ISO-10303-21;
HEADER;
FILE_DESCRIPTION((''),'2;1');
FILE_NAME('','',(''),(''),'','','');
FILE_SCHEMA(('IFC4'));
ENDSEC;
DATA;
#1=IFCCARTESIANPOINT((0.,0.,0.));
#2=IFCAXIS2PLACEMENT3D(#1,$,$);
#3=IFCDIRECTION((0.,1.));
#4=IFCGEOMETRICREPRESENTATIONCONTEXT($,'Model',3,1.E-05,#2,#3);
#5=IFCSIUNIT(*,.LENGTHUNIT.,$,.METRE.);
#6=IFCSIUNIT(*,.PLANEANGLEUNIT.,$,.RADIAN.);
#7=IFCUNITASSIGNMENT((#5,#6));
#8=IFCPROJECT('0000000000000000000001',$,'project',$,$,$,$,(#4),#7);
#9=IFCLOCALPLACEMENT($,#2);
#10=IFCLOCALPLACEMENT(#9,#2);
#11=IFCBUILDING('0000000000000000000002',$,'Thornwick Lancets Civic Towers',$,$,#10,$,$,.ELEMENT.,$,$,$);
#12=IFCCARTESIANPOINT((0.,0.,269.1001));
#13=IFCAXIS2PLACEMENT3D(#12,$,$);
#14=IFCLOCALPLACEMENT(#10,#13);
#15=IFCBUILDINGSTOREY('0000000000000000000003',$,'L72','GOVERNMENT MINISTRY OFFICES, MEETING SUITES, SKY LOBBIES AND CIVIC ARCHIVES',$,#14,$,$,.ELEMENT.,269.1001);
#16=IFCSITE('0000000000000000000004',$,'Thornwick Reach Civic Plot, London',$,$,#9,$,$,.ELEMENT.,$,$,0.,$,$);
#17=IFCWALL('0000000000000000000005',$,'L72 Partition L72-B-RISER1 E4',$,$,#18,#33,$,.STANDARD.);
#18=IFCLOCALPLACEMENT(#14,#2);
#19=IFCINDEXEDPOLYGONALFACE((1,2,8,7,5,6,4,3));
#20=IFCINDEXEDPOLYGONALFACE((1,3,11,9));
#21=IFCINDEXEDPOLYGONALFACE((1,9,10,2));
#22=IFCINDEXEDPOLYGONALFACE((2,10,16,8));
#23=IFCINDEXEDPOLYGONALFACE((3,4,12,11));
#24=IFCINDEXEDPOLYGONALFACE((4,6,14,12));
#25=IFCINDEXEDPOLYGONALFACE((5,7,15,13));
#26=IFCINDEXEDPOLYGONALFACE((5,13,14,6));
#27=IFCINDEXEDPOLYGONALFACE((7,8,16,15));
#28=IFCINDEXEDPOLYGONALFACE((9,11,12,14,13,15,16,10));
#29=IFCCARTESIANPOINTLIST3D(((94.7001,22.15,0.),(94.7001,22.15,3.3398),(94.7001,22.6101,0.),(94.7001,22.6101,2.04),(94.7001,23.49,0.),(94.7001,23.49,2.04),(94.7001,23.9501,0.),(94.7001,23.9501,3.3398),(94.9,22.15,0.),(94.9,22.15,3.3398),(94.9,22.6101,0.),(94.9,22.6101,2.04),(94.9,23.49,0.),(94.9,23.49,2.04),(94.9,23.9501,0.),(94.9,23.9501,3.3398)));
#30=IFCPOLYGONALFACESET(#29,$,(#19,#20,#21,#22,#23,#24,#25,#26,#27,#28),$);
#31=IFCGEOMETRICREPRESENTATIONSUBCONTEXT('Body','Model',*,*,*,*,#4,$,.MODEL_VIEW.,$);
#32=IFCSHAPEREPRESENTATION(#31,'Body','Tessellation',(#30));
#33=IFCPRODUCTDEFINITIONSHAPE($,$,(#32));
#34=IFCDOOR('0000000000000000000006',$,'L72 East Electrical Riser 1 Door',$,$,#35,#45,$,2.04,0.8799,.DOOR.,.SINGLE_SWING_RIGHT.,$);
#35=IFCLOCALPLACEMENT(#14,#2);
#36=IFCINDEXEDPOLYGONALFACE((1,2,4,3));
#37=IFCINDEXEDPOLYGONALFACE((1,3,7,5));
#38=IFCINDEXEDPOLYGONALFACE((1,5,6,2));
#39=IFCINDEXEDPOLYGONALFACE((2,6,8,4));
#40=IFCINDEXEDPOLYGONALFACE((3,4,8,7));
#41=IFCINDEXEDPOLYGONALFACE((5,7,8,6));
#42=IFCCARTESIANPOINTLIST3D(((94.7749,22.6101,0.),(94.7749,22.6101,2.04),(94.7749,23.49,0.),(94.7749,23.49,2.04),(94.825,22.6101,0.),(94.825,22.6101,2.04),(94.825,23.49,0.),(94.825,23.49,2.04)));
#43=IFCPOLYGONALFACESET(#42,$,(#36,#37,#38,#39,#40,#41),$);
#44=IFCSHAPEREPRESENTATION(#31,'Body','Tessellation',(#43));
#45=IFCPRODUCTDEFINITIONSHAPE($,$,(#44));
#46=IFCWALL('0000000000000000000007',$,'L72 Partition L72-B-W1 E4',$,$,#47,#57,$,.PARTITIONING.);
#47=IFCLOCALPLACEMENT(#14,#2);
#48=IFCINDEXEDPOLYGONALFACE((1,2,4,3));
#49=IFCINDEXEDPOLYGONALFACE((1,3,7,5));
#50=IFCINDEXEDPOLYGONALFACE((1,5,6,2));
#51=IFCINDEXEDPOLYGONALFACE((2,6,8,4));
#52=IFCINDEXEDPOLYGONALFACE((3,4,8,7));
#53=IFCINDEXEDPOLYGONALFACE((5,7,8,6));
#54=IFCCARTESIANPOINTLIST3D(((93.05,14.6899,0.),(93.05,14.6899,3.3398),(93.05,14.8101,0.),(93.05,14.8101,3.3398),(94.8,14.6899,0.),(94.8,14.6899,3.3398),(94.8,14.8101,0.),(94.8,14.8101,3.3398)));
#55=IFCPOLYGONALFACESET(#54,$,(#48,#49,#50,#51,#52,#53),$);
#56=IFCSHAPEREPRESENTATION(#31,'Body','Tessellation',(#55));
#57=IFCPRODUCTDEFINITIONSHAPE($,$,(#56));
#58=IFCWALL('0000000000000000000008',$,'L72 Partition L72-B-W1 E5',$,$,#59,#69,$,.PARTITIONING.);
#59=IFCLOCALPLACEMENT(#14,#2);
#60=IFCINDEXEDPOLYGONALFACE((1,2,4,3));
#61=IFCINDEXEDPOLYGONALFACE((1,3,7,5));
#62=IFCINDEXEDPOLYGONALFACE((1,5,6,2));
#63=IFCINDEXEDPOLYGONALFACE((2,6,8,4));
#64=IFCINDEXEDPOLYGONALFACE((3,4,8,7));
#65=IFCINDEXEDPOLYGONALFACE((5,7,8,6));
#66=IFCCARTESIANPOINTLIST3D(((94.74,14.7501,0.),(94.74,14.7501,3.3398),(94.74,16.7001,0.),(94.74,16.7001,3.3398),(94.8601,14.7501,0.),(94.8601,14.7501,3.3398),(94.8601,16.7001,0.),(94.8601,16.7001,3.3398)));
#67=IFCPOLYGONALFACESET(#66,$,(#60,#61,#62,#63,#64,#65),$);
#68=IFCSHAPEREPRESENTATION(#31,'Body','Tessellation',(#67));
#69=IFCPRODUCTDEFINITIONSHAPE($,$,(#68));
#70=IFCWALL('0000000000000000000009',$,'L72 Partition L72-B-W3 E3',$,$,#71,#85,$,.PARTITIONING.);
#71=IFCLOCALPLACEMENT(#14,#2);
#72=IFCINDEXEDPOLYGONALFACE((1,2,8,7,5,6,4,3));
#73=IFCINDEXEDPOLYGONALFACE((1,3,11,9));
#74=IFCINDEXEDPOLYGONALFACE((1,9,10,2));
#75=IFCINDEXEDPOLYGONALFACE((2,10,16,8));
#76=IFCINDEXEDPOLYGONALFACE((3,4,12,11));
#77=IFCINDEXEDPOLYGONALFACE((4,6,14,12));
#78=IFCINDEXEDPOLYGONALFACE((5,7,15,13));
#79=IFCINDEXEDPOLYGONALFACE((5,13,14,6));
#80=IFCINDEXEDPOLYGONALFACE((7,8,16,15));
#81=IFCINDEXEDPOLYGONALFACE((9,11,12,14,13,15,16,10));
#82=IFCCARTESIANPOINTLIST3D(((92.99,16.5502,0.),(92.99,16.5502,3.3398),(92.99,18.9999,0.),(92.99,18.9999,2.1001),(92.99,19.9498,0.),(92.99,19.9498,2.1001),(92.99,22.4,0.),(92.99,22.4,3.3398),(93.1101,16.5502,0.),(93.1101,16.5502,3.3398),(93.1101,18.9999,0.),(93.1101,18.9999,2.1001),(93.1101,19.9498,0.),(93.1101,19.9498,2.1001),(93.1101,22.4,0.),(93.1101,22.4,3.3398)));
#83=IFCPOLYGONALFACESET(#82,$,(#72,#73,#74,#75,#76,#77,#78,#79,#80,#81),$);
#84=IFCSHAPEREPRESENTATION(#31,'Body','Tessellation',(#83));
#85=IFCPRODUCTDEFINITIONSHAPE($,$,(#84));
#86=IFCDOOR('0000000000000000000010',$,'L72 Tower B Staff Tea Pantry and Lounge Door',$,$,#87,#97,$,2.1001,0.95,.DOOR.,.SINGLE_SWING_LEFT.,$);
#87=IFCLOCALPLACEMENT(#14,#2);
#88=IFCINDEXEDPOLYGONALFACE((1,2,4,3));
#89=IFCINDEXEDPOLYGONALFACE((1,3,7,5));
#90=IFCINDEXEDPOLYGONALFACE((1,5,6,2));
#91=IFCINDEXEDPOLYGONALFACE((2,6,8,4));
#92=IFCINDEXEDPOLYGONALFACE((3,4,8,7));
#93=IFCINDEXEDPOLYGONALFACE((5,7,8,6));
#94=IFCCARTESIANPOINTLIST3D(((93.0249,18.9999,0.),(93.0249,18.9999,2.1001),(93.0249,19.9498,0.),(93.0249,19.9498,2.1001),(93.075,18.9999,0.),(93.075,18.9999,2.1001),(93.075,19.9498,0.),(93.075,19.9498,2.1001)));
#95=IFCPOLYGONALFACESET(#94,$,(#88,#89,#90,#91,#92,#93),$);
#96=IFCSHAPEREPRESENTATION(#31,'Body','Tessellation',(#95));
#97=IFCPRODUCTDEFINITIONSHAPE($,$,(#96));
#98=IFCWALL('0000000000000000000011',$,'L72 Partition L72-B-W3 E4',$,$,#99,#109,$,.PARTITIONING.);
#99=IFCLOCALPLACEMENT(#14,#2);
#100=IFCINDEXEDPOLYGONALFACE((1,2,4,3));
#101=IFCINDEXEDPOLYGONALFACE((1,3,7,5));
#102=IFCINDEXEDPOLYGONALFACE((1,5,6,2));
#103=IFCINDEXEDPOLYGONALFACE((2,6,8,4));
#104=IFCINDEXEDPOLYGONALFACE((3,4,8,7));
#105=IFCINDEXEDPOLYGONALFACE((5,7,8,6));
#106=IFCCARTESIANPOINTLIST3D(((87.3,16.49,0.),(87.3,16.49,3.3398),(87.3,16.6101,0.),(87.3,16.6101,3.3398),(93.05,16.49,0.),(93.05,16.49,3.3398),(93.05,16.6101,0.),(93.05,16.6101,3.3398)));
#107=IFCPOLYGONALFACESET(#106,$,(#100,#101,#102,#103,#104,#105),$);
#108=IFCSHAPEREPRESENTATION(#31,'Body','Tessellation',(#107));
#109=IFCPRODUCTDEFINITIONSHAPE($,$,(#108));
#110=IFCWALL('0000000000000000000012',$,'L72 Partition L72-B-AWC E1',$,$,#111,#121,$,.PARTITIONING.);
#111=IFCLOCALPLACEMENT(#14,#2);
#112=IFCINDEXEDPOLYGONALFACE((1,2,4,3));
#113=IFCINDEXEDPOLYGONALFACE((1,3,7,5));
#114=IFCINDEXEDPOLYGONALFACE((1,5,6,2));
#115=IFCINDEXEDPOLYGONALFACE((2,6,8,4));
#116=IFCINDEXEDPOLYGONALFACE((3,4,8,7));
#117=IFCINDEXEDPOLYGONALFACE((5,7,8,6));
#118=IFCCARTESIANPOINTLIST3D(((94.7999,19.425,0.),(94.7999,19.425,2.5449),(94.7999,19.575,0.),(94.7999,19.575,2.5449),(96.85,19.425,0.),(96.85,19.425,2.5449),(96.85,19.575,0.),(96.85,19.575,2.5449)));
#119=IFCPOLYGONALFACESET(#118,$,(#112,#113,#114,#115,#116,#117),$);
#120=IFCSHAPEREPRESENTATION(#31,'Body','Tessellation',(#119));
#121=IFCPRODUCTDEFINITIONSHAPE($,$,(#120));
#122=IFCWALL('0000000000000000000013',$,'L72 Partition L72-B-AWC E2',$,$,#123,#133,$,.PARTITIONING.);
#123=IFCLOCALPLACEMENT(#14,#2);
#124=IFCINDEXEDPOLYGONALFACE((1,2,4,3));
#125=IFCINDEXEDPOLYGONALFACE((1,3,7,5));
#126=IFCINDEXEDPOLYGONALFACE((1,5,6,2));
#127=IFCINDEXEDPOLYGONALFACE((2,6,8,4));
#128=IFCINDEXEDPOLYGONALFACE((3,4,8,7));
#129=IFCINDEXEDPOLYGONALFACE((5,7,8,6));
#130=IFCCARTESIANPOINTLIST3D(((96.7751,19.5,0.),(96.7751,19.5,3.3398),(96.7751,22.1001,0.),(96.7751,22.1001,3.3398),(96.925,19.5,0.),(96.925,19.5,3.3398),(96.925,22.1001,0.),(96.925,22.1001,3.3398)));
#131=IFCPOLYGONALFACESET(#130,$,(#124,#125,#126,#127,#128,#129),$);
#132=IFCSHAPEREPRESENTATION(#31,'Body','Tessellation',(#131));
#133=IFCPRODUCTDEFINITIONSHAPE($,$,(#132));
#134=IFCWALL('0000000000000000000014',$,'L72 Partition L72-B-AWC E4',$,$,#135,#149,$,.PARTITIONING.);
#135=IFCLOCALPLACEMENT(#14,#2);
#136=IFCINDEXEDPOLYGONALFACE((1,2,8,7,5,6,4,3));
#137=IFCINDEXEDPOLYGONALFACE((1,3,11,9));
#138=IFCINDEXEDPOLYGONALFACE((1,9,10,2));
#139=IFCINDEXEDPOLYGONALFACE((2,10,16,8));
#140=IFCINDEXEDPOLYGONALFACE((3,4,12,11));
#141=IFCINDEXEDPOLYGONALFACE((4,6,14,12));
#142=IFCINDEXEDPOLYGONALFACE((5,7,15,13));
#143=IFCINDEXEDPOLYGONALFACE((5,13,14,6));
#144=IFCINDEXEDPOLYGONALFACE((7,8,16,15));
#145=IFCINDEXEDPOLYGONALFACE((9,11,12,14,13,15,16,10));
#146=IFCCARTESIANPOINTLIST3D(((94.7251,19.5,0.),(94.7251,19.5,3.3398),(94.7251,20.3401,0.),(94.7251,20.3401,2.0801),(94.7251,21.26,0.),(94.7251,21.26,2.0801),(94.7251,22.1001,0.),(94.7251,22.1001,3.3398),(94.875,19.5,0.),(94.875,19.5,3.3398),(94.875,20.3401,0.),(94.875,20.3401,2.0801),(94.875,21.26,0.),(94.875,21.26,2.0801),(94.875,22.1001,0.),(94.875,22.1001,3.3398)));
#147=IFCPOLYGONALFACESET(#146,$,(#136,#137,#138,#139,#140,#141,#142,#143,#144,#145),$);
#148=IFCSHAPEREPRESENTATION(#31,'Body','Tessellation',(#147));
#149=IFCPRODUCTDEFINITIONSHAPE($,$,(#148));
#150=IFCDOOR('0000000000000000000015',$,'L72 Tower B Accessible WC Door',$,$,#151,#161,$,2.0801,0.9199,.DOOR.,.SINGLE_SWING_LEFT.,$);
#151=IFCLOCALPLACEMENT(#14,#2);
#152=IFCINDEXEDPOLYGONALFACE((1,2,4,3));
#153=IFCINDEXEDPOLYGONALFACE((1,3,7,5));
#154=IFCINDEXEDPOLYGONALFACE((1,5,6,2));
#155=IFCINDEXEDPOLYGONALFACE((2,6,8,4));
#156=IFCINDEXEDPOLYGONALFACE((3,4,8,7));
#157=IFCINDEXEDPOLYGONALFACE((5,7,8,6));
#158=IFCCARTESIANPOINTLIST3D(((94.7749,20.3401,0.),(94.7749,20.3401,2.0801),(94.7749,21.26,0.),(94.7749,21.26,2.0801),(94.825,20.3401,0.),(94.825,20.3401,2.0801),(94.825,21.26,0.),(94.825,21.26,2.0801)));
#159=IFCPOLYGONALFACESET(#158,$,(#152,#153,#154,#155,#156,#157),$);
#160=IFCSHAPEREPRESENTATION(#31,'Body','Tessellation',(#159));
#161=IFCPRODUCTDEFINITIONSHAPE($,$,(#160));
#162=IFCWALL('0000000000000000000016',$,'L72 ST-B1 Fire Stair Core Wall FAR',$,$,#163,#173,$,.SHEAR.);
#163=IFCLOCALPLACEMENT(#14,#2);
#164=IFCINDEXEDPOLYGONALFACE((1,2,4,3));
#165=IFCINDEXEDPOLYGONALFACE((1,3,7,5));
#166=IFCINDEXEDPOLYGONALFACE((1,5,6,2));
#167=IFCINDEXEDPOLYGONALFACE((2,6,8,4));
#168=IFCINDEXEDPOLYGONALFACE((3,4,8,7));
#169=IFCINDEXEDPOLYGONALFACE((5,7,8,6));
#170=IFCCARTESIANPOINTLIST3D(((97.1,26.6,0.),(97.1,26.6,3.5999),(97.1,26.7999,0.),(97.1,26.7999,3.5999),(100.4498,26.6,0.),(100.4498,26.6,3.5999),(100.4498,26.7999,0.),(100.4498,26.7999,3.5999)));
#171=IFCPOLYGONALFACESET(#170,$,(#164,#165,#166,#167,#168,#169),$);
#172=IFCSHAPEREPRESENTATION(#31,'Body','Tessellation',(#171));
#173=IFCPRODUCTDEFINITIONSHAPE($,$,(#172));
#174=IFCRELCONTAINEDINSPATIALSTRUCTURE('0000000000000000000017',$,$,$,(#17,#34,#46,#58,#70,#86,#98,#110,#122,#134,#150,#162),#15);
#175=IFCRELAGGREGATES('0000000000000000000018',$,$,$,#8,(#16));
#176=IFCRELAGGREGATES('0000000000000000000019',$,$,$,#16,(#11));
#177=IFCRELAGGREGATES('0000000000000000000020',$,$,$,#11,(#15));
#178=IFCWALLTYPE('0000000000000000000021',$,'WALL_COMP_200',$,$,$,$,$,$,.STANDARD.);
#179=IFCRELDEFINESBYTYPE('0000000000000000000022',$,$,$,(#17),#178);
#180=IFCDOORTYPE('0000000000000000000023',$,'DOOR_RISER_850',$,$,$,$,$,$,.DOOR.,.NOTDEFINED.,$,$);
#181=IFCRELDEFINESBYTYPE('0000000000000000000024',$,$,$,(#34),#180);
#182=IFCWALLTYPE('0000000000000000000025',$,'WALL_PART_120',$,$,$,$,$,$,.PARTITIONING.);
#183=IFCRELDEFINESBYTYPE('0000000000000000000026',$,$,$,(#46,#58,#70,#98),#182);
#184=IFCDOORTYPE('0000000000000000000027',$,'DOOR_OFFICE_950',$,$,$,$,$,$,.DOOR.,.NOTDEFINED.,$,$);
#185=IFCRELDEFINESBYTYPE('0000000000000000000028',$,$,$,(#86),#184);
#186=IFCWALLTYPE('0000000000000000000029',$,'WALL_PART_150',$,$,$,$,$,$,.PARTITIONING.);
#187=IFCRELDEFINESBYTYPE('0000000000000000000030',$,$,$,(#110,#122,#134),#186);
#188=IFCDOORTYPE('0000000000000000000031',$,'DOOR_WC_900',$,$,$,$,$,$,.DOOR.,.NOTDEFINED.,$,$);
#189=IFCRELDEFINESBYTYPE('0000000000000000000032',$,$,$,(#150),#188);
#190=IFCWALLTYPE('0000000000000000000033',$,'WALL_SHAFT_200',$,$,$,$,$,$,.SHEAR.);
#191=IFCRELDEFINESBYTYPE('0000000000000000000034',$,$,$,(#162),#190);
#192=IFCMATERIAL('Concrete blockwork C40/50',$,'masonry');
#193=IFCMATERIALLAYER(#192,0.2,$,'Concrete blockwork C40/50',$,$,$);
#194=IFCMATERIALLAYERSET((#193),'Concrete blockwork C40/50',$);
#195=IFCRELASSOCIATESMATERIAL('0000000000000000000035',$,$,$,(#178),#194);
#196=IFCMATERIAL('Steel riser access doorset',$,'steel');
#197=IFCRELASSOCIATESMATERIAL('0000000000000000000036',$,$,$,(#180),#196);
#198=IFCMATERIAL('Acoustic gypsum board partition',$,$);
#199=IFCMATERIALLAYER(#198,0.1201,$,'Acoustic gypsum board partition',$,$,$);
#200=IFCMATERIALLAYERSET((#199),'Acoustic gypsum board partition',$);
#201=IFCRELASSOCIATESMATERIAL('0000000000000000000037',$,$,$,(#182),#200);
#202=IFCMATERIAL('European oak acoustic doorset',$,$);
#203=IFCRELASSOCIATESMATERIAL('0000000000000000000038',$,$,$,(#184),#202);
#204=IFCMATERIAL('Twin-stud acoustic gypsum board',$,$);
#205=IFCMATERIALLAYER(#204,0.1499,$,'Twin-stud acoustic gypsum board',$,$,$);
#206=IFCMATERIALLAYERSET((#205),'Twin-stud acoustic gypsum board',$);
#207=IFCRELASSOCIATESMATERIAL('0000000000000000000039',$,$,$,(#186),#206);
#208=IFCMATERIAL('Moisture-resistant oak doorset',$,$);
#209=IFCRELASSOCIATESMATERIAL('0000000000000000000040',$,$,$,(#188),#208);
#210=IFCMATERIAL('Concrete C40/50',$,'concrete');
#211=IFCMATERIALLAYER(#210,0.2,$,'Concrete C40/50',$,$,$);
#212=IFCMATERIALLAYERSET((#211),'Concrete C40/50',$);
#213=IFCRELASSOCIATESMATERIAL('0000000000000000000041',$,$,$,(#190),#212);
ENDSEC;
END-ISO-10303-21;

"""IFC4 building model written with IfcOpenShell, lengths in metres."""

from ifc_helpers import new_model, si_unit, direction, frame, frame_2d, origin, place, context, subcontext, project, spatial, rectangle, extrude, material, layer, layer_set, type_object, element, fill, save


model = new_model("IFC4")

# Units and contexts
model_context = context("Model", 3, precision=1e-05, world=origin(), true_north=direction((0.0, 1.0)))
body_context = subcontext(model_context, "Body", "Model", "MODEL_VIEW")
ifc_project = project(units=[si_unit("LENGTHUNIT", "METRE"), si_unit("PLANEANGLEUNIT", "RADIAN")], contexts=[model_context])

# Site, building, storey
site_placement = place(None, origin())
site = spatial("IfcSite", under=ifc_project, at=site_placement, Name="Thornwick Reach Civic Plot, London", CompositionType="ELEMENT", RefElevation=0.0)
building_placement = place(site_placement, origin())
building = spatial("IfcBuilding", under=site, at=building_placement, Name="Thornwick Lancets Civic Towers", CompositionType="ELEMENT")
storey_placement = place(building_placement, frame((0.0, 0.0, 269.1001)))
storey = spatial("IfcBuildingStorey", under=building, at=storey_placement, Name="L72", Description="GOVERNMENT MINISTRY OFFICES, MEETING SUITES, SKY LOBBIES AND CIVIC ARCHIVES", CompositionType="ELEMENT", Elevation=269.1001)

# Shared definitions
ifc_material_1 = material(Name="Concrete blockwork C40/50", Category="masonry")
ifc_layer_1 = layer(ifc_material_1, 0.2, Name="Concrete blockwork C40/50")
ifc_layer_set_1 = layer_set([ifc_layer_1], Name="Concrete blockwork C40/50")
wall_type_1 = type_object("IfcWallType", Name="WALL_COMP_200", PredefinedType="STANDARD", material=ifc_layer_set_1)

# Wall, opening, door
wall_1_placement = place(storey_placement, frame((94.8, 23.95, 0.0), z_axis=(0.0, 0.0, 1.0), x_axis=(0.0, -1.0, 0.0)))
wall_1 = element("IfcWall", 1, at=wall_1_placement, inside=storey, type_object=wall_type_1, Name="L72 Partition L72-B-RISER1 E4", PredefinedType="STANDARD", context=body_context, shape_type="SweptSolid", body=[
    extrude(rectangle(XDim=1.8, YDim=0.2, at=frame_2d((0.8999, 0.0))), origin(), (0.0, 0.0, 1.0), 3.3398),
])
opening_1_placement = place(wall_1_placement, frame((0.46, 0.0, 0.0)))
opening_1 = element("IfcOpeningElement", 2, at=opening_1_placement, cuts=wall_1, PredefinedType="OPENING", context=body_context, shape_type="SweptSolid", body=[
    extrude(rectangle(XDim=0.8799, YDim=2.04, at=frame_2d((0.4399, 1.02))), frame((0.0, 0.1099, 0.0), z_axis=(0.0, -1.0, 0.0), x_axis=(1.0, 0.0, 0.0)), (0.0, 0.0, 1.0), 0.22),
])
ifc_material_2 = material(Name="Steel riser access doorset", Category="steel")
door_type_1 = type_object("IfcDoorType", Name="DOOR_RISER_850", OperationType="NOTDEFINED", PredefinedType="DOOR", material=ifc_material_2)
door_1_placement = place(opening_1_placement, origin())
door_1 = element("IfcDoor", 3, at=door_1_placement, inside=storey, type_object=door_type_1, Name="L72 East Electrical Riser 1 Door", OperationType="SINGLE_SWING_RIGHT", OverallHeight=2.04, OverallWidth=0.8799, PredefinedType="DOOR", context=body_context, shape_type="SweptSolid", body=[
    extrude(rectangle(XDim=0.8799, YDim=2.04, at=frame_2d((0.4399, 1.02))), frame((0.0, 0.0249, 0.0), z_axis=(0.0, -1.0, 0.0), x_axis=(1.0, 0.0, 0.0)), (0.0, 0.0, 1.0), 0.05),
])
fill(opening_1, door_1)

# Walls
ifc_material_3 = material(Name="Acoustic gypsum board partition")
ifc_layer_2 = layer(ifc_material_3, 0.1201, Name="Acoustic gypsum board partition")
ifc_layer_set_2 = layer_set([ifc_layer_2], Name="Acoustic gypsum board partition")
wall_type_2 = type_object("IfcWallType", Name="WALL_PART_120", PredefinedType="PARTITIONING", material=ifc_layer_set_2)
wall_2_placement = place(storey_placement, frame((93.05, 14.75, 0.0), z_axis=(0.0, 0.0, 1.0), x_axis=(1.0, 0.0, 0.0)))
element("IfcWall", 4, at=wall_2_placement, inside=storey, type_object=wall_type_2, Name="L72 Partition L72-B-W1 E4", PredefinedType="PARTITIONING", context=body_context, shape_type="SweptSolid", body=[
    extrude(rectangle(XDim=1.75, YDim=0.1201, at=frame_2d((0.875, 0.0))), origin(), (0.0, 0.0, 1.0), 3.3398),
])
wall_3_placement = place(storey_placement, frame((94.8, 14.75, 0.0), z_axis=(0.0, 0.0, 1.0), x_axis=(0.0, 1.0, 0.0)))
element("IfcWall", 5, at=wall_3_placement, inside=storey, type_object=wall_type_2, Name="L72 Partition L72-B-W1 E5", PredefinedType="PARTITIONING", context=body_context, shape_type="SweptSolid", body=[
    extrude(rectangle(XDim=1.95, YDim=0.1201, at=frame_2d((0.9751, 0.0))), origin(), (0.0, 0.0, 1.0), 3.3398),
])

# Wall, opening, door
wall_4_placement = place(storey_placement, frame((93.05, 22.3999, 0.0), z_axis=(0.0, 0.0, 1.0), x_axis=(0.0, -1.0, 0.0)))
wall_4 = element("IfcWall", 6, at=wall_4_placement, inside=storey, type_object=wall_type_2, Name="L72 Partition L72-B-W3 E3", PredefinedType="PARTITIONING", context=body_context, shape_type="SweptSolid", body=[
    extrude(rectangle(XDim=5.8499, YDim=0.1201, at=frame_2d((2.9248, 0.0))), origin(), (0.0, 0.0, 1.0), 3.3398),
])
opening_2_placement = place(wall_4_placement, frame((2.45, 0.0, 0.0)))
opening_2 = element("IfcOpeningElement", 7, at=opening_2_placement, cuts=wall_4, PredefinedType="OPENING", context=body_context, shape_type="SweptSolid", body=[
    extrude(rectangle(XDim=0.95, YDim=2.1001, at=frame_2d((0.4751, 1.05))), frame((0.0, 0.0701, 0.0), z_axis=(0.0, -1.0, 0.0), x_axis=(1.0, 0.0, 0.0)), (0.0, 0.0, 1.0), 0.1401),
])
ifc_material_4 = material(Name="European oak acoustic doorset")
door_type_2 = type_object("IfcDoorType", Name="DOOR_OFFICE_950", OperationType="NOTDEFINED", PredefinedType="DOOR", material=ifc_material_4)
door_2_placement = place(opening_2_placement, origin())
door_2 = element("IfcDoor", 8, at=door_2_placement, inside=storey, type_object=door_type_2, Name="L72 Tower B Staff Tea Pantry and Lounge Door", OperationType="SINGLE_SWING_LEFT", OverallHeight=2.1001, OverallWidth=0.95, PredefinedType="DOOR", context=body_context, shape_type="SweptSolid", body=[
    extrude(rectangle(XDim=0.95, YDim=2.1001, at=frame_2d((0.4751, 1.05))), frame((0.0, 0.0249, 0.0), z_axis=(0.0, -1.0, 0.0), x_axis=(1.0, 0.0, 0.0)), (0.0, 0.0, 1.0), 0.05),
])
fill(opening_2, door_2)

# Walls
wall_5_placement = place(storey_placement, frame((93.05, 16.55, 0.0), z_axis=(0.0, 0.0, 1.0), x_axis=(-1.0, 0.0, 0.0)))
element("IfcWall", 9, at=wall_5_placement, inside=storey, type_object=wall_type_2, Name="L72 Partition L72-B-W3 E4", PredefinedType="PARTITIONING", context=body_context, shape_type="SweptSolid", body=[
    extrude(rectangle(XDim=5.75, YDim=0.1201, at=frame_2d((2.875, 0.0))), origin(), (0.0, 0.0, 1.0), 3.3398),
])
ifc_material_5 = material(Name="Twin-stud acoustic gypsum board")
ifc_layer_3 = layer(ifc_material_5, 0.1499, Name="Twin-stud acoustic gypsum board")
ifc_layer_set_3 = layer_set([ifc_layer_3], Name="Twin-stud acoustic gypsum board")
wall_type_3 = type_object("IfcWallType", Name="WALL_PART_150", PredefinedType="PARTITIONING", material=ifc_layer_set_3)
wall_6_placement = place(storey_placement, frame((94.8, 19.5, 0.0), z_axis=(0.0, 0.0, 1.0), x_axis=(1.0, 0.0, 0.0)))
element("IfcWall", 10, at=wall_6_placement, inside=storey, type_object=wall_type_3, Name="L72 Partition L72-B-AWC E1", PredefinedType="PARTITIONING", context=body_context, shape_type="SweptSolid", body=[
    extrude(rectangle(XDim=2.05, YDim=0.1499, at=frame_2d((1.0249, 0.0))), origin(), (0.0, 0.0, 1.0), 2.5449),
])
wall_7_placement = place(storey_placement, frame((96.8501, 19.5, 0.0), z_axis=(0.0, 0.0, 1.0), x_axis=(0.0, 1.0, 0.0)))
element("IfcWall", 11, at=wall_7_placement, inside=storey, type_object=wall_type_3, Name="L72 Partition L72-B-AWC E2", PredefinedType="PARTITIONING", context=body_context, shape_type="SweptSolid", body=[
    extrude(rectangle(XDim=2.6001, YDim=0.1499, at=frame_2d((1.3, 0.0))), origin(), (0.0, 0.0, 1.0), 3.3398),
])

# Wall, opening, door
wall_8_placement = place(storey_placement, frame((94.8, 22.1001, 0.0), z_axis=(0.0, 0.0, 1.0), x_axis=(0.0, -1.0, 0.0)))
wall_8 = element("IfcWall", 12, at=wall_8_placement, inside=storey, type_object=wall_type_3, Name="L72 Partition L72-B-AWC E4", PredefinedType="PARTITIONING", context=body_context, shape_type="SweptSolid", body=[
    extrude(rectangle(XDim=2.6001, YDim=0.1499, at=frame_2d((1.3, 0.0))), origin(), (0.0, 0.0, 1.0), 3.3398),
])
opening_3_placement = place(wall_8_placement, frame((0.8401, 0.0, 0.0)))
opening_3 = element("IfcOpeningElement", 13, at=opening_3_placement, cuts=wall_8, PredefinedType="OPENING", context=body_context, shape_type="SweptSolid", body=[
    extrude(rectangle(XDim=0.9199, YDim=2.0801, at=frame_2d((0.46, 1.04))), frame((0.0, 0.085, 0.0), z_axis=(0.0, -1.0, 0.0), x_axis=(1.0, 0.0, 0.0)), (0.0, 0.0, 1.0), 0.1699),
])
ifc_material_6 = material(Name="Moisture-resistant oak doorset")
door_type_3 = type_object("IfcDoorType", Name="DOOR_WC_900", OperationType="NOTDEFINED", PredefinedType="DOOR", material=ifc_material_6)
door_3_placement = place(opening_3_placement, origin())
door_3 = element("IfcDoor", 14, at=door_3_placement, inside=storey, type_object=door_type_3, Name="L72 Tower B Accessible WC Door", OperationType="SINGLE_SWING_LEFT", OverallHeight=2.0801, OverallWidth=0.9199, PredefinedType="DOOR", context=body_context, shape_type="SweptSolid", body=[
    extrude(rectangle(XDim=0.9199, YDim=2.0801, at=frame_2d((0.46, 1.04))), frame((0.0, 0.0249, 0.0), z_axis=(0.0, -1.0, 0.0), x_axis=(1.0, 0.0, 0.0)), (0.0, 0.0, 1.0), 0.05),
])
fill(opening_3, door_3)

# Wall
ifc_material_7 = material(Name="Concrete C40/50", Category="concrete")
ifc_layer_4 = layer(ifc_material_7, 0.2, Name="Concrete C40/50")
ifc_layer_set_4 = layer_set([ifc_layer_4], Name="Concrete C40/50")
wall_type_4 = type_object("IfcWallType", Name="WALL_SHAFT_200", PredefinedType="SHEAR", material=ifc_layer_set_4)
wall_9_placement = place(storey_placement, frame((97.1001, 26.7, 0.0), z_axis=(0.0, 0.0, 1.0), x_axis=(1.0, 0.0, 0.0)))
element("IfcWall", 15, at=wall_9_placement, inside=storey, type_object=wall_type_4, Name="L72 ST-B1 Fire Stair Core Wall FAR", PredefinedType="SHEAR", context=body_context, shape_type="SweptSolid", body=[
    extrude(rectangle(XDim=3.3499, YDim=0.2, at=frame_2d((1.6748, 0.0))), origin(), (0.0, 0.0, 1.0), 3.5999),
])

save(model, "model.ifc")
